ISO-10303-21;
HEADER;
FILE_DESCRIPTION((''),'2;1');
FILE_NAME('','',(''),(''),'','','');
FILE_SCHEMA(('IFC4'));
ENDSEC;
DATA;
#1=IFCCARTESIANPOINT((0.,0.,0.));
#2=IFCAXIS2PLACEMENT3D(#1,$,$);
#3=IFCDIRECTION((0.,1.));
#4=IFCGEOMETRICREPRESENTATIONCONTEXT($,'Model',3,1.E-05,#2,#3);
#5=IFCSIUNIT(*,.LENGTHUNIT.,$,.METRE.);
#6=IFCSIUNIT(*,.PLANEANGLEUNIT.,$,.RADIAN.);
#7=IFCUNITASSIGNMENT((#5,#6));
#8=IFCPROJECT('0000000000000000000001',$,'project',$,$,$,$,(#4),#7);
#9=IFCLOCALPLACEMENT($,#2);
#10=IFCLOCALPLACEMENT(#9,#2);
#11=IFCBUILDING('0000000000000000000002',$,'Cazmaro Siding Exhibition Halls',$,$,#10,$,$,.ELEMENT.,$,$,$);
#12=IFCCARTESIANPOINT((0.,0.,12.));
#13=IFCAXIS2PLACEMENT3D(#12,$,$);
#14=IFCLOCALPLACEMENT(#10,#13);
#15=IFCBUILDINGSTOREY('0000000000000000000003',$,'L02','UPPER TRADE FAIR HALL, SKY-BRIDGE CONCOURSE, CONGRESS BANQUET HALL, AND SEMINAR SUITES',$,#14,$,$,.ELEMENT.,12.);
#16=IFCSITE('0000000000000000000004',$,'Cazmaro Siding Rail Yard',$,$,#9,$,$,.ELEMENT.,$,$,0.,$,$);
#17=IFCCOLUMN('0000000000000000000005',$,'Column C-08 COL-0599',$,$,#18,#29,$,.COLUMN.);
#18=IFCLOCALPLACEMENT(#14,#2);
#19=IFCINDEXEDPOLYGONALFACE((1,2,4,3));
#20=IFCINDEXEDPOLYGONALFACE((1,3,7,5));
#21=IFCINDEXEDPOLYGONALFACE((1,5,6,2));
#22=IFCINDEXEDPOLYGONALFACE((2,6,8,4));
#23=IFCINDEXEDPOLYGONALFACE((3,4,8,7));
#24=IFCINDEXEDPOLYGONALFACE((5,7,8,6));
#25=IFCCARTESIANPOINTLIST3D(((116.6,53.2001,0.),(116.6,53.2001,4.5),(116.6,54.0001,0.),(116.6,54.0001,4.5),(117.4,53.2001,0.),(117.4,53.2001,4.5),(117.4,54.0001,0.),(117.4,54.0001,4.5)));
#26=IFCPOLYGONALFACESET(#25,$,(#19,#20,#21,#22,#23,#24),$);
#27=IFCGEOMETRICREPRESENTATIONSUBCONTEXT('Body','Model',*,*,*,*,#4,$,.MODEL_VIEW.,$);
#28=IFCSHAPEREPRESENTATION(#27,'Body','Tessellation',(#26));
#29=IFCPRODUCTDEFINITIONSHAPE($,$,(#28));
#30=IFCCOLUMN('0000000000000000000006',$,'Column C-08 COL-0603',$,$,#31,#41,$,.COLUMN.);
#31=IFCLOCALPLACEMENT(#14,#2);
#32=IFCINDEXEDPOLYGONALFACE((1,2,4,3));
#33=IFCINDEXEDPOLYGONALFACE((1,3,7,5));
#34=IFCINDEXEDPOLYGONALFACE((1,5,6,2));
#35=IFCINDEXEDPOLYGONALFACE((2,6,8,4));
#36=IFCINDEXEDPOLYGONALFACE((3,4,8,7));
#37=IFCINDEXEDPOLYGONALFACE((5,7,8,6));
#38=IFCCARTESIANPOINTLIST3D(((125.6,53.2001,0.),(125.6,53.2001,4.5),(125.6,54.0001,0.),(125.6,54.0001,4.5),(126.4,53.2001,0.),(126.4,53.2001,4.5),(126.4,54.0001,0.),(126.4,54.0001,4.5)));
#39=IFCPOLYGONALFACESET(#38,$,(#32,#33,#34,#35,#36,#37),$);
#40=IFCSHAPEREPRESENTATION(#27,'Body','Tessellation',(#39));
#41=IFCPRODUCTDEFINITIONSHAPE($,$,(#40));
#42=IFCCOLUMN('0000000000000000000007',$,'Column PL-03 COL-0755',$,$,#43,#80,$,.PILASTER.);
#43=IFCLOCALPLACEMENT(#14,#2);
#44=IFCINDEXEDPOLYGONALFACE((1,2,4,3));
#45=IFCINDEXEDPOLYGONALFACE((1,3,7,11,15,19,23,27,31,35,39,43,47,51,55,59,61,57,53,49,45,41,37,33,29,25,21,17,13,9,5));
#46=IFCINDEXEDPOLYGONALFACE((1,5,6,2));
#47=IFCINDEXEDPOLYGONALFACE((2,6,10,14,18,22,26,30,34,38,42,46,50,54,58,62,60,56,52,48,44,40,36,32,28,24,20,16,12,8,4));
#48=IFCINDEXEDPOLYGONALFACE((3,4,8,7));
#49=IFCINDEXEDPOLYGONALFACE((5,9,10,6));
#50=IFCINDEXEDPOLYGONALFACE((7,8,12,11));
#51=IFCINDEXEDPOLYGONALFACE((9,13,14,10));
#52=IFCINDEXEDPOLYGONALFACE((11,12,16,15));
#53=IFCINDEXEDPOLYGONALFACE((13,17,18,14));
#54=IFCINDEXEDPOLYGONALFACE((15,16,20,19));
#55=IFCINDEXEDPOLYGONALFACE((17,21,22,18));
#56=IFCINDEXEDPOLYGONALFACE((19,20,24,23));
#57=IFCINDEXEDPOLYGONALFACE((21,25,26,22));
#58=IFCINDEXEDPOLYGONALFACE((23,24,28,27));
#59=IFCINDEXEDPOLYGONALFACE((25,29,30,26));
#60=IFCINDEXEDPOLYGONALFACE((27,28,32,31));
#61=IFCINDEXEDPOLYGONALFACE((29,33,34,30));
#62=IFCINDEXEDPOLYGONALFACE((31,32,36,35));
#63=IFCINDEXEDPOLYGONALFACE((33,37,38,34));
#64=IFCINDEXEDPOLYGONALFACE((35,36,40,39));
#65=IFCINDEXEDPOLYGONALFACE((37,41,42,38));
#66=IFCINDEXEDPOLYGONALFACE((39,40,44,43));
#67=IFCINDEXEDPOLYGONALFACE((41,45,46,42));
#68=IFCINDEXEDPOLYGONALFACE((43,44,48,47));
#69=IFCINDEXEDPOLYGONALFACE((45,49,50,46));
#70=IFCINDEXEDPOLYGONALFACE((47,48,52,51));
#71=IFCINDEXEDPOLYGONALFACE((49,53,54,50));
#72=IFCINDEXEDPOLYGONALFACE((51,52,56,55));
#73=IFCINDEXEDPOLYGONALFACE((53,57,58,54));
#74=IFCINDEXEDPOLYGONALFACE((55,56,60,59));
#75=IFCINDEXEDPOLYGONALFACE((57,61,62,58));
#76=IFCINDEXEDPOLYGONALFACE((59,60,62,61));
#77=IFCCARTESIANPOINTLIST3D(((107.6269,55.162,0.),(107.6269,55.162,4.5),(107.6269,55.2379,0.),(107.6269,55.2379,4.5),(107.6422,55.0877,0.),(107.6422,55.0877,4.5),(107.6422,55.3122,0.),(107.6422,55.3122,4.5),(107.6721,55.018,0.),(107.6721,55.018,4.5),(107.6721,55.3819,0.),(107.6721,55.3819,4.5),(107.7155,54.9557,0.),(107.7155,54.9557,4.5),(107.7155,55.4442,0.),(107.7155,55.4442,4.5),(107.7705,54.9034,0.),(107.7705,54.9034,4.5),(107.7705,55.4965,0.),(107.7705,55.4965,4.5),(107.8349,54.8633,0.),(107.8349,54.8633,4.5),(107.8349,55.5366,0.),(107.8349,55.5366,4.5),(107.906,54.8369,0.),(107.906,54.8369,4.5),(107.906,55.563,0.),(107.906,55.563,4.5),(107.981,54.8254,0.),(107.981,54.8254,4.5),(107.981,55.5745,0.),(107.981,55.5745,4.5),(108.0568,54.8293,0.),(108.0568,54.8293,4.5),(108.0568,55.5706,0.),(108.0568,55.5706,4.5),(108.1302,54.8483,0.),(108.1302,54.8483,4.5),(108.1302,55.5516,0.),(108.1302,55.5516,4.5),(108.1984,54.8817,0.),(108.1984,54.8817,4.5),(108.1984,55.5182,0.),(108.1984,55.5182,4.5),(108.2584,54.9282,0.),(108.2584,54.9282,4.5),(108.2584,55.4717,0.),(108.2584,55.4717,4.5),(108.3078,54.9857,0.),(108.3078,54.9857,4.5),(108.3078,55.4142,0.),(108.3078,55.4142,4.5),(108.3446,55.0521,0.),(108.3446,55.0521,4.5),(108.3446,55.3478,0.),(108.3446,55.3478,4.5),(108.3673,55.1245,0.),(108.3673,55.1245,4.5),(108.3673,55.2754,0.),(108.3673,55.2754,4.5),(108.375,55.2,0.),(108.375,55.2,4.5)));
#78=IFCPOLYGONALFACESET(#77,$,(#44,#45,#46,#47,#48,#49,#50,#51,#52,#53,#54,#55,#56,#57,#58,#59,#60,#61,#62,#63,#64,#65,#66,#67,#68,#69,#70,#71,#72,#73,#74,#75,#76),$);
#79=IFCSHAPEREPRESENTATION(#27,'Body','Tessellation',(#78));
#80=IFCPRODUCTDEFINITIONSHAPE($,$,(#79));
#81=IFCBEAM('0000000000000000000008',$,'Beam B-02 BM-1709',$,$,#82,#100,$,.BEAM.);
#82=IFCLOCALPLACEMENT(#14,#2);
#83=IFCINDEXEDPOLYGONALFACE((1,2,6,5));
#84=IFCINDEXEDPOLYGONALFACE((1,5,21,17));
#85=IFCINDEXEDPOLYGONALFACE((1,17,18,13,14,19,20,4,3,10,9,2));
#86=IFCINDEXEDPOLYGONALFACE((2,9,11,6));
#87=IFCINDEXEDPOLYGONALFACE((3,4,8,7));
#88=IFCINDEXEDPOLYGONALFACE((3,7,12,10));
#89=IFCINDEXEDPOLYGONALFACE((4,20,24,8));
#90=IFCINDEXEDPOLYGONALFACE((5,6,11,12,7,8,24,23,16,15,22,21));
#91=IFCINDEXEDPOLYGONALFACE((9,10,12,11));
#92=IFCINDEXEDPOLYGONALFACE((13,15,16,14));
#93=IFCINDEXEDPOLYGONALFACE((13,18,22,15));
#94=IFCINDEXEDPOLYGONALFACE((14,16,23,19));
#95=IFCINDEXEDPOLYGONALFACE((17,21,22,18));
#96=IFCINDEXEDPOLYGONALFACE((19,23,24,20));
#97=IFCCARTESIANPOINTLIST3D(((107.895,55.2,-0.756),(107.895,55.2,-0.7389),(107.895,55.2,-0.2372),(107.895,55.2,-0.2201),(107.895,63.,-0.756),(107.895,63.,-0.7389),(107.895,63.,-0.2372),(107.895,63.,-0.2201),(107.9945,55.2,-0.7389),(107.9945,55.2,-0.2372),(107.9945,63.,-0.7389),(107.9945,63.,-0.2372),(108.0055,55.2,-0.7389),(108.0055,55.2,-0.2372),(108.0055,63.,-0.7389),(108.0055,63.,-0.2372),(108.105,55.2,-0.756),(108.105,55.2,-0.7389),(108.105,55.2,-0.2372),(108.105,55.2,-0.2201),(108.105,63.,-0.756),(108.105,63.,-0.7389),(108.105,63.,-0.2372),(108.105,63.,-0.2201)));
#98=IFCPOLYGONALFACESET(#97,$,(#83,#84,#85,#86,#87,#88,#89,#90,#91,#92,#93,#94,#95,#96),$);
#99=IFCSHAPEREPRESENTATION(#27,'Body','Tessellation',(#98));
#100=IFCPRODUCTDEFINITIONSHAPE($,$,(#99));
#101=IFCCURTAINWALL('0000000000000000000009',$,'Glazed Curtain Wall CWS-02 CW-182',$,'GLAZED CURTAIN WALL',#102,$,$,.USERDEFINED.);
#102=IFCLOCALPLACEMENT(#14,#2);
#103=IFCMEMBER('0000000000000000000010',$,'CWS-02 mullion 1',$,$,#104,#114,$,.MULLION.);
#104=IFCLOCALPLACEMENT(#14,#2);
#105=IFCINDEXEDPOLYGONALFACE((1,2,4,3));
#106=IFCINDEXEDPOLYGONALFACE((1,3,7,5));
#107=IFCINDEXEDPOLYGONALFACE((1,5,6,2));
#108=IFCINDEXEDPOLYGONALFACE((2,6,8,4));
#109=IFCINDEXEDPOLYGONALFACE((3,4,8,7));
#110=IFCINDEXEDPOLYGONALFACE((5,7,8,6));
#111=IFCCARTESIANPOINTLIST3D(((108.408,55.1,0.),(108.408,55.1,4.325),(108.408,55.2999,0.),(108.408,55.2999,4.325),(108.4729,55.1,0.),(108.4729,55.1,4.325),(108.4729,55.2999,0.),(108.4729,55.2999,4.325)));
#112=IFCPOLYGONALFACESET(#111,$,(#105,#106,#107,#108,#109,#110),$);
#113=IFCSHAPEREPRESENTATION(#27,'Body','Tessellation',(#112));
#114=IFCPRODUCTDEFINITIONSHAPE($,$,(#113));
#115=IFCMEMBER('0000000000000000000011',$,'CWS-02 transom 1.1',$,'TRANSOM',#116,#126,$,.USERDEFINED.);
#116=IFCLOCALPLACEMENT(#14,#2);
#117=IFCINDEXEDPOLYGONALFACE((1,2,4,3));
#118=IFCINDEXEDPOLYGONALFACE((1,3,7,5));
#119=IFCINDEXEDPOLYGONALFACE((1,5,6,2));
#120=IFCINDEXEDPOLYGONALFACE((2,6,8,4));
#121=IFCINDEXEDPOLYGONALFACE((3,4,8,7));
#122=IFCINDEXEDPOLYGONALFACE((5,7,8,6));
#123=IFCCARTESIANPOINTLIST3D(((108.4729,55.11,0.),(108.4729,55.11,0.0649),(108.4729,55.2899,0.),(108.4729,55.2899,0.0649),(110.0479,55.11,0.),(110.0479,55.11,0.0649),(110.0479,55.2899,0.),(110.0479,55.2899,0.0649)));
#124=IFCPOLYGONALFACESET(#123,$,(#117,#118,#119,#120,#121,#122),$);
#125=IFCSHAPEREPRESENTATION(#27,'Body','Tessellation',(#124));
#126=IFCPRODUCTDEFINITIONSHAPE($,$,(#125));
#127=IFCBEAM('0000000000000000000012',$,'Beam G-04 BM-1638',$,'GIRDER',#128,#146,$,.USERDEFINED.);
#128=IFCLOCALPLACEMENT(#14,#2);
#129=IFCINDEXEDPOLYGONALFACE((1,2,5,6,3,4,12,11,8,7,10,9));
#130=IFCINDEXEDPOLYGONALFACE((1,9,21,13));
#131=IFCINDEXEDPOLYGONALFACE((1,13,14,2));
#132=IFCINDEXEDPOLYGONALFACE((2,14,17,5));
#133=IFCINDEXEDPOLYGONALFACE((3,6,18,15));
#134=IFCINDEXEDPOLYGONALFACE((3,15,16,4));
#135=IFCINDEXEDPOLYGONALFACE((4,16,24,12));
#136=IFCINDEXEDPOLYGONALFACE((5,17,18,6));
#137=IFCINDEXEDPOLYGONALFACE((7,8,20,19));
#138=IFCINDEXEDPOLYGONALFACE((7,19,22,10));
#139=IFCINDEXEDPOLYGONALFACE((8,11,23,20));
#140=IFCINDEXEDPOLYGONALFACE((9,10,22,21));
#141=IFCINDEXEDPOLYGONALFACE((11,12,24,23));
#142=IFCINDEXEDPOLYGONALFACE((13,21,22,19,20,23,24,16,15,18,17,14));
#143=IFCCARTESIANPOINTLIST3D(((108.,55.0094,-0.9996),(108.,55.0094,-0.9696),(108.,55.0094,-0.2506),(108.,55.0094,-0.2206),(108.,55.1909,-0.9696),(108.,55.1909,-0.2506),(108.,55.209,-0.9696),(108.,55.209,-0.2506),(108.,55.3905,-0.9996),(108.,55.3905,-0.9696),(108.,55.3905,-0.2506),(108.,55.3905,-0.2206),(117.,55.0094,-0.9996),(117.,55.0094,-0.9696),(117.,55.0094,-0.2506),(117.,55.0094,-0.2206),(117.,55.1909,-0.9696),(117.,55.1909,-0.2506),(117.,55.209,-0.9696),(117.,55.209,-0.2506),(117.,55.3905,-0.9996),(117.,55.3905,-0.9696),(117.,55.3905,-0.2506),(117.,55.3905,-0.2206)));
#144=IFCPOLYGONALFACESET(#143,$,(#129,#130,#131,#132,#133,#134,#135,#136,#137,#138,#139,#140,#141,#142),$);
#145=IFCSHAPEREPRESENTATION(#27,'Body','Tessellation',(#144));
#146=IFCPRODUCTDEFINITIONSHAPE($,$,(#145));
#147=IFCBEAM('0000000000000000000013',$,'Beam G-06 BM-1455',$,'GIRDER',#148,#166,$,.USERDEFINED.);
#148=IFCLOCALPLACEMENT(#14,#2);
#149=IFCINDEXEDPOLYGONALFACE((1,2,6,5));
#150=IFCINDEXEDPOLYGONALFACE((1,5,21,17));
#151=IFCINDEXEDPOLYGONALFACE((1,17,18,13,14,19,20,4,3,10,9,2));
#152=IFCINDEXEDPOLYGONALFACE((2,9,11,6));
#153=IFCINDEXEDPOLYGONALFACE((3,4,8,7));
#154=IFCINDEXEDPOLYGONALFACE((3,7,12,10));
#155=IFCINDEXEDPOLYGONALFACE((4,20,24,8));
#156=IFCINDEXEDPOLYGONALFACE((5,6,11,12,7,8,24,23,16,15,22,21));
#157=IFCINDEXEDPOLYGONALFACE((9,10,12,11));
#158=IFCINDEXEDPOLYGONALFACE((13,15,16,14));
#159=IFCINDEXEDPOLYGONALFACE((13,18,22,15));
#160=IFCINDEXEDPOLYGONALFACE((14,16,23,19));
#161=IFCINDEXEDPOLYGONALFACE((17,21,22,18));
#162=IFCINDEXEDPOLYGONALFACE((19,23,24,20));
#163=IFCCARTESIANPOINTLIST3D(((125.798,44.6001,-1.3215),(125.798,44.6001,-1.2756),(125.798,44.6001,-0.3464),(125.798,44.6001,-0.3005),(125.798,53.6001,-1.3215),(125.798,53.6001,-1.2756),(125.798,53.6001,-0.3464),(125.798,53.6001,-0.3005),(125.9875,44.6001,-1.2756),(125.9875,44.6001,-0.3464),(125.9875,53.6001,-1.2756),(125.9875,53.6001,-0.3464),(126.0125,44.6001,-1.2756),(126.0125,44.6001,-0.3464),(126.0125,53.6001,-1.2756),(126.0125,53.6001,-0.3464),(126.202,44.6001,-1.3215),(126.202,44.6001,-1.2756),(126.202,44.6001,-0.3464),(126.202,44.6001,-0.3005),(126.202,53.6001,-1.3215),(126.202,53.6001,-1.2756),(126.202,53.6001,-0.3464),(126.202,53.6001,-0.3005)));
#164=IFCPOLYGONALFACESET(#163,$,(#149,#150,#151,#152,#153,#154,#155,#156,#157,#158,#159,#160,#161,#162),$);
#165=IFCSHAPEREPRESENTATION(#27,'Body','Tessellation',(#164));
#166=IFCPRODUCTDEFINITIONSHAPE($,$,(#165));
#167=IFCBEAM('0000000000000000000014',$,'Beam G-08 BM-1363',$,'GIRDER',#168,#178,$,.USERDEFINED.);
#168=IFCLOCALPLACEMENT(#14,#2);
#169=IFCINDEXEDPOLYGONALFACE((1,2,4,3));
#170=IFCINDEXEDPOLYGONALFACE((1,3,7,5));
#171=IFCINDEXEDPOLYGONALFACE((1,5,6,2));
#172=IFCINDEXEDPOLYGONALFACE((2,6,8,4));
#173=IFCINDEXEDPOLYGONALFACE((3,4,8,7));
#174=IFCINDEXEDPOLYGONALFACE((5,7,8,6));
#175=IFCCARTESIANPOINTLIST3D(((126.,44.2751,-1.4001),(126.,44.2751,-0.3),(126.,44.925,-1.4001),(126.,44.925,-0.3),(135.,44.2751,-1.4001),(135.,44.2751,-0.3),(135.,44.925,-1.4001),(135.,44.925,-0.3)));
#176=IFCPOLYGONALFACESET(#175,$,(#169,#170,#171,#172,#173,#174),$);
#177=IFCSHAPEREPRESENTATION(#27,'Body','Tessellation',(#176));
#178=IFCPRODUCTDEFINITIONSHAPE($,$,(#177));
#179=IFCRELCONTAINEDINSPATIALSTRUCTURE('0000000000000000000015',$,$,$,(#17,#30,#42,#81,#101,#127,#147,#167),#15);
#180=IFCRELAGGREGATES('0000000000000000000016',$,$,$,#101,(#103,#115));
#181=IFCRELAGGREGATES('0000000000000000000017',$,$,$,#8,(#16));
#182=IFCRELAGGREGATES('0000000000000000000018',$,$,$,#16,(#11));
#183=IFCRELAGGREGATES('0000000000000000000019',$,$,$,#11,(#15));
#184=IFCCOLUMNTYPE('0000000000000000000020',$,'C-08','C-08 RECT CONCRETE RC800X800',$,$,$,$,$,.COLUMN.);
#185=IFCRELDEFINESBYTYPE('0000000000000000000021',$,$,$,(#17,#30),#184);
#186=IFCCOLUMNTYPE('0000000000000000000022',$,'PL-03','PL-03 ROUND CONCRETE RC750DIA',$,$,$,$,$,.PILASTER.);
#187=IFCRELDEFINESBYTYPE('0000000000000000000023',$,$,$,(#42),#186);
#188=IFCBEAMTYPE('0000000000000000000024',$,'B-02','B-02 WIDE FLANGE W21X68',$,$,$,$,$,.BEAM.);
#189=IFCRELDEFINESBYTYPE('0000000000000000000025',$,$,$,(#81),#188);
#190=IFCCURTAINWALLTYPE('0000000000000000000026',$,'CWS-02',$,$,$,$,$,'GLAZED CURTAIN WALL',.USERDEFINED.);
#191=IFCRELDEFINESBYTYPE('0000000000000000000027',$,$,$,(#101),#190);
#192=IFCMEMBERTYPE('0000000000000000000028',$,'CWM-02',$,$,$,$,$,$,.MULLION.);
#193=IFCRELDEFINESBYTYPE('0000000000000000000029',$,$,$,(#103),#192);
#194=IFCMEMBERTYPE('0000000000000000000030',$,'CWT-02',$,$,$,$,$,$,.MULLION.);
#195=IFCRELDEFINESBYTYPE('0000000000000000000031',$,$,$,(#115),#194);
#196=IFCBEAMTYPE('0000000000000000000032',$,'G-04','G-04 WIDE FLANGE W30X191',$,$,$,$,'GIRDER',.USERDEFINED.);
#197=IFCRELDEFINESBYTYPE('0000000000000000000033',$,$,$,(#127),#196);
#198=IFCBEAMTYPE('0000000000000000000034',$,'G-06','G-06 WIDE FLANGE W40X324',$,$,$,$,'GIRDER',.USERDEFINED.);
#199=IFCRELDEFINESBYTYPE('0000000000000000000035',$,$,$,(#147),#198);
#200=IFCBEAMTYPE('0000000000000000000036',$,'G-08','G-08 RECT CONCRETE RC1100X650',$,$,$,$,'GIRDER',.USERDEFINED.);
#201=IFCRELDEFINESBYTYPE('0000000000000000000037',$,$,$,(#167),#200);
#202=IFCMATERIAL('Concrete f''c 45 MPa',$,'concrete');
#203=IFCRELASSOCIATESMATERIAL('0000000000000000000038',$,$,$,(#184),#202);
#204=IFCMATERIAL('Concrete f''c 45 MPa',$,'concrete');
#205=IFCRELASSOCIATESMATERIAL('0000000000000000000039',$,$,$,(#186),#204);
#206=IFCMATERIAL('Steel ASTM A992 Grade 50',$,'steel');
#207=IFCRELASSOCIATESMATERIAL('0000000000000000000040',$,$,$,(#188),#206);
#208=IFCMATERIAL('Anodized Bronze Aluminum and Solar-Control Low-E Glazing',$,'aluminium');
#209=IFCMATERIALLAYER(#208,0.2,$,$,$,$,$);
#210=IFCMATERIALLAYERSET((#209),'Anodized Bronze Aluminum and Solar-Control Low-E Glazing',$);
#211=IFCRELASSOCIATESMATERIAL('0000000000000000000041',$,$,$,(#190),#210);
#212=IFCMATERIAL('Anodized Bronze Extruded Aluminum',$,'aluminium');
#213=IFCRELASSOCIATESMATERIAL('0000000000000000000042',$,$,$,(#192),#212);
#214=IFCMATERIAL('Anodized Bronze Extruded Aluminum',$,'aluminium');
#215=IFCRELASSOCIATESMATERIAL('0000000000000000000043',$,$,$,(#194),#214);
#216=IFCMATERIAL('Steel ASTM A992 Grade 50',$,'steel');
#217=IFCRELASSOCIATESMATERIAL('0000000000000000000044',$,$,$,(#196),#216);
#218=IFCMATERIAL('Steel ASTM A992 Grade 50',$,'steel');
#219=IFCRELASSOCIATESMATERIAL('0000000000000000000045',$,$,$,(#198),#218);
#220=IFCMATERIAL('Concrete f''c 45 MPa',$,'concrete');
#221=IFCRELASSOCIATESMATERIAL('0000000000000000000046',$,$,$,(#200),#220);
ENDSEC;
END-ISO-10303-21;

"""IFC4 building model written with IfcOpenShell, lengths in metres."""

from ifc_helpers import new_model, si_unit, direction, frame, origin, origin_2d, place, context, subcontext, project, spatial, rectangle, circle, i_section, extrude, material, layer, layer_set, material_profile, profile_set, type_object, element, aggregate, save


model = new_model("IFC4")

# Units and contexts
model_context = context("Model", 3, precision=1e-05, world=origin(), true_north=direction((0.0, 1.0)))
body_context = subcontext(model_context, "Body", "Model", "MODEL_VIEW")
ifc_project = project(units=[si_unit("LENGTHUNIT", "METRE"), si_unit("PLANEANGLEUNIT", "RADIAN")], contexts=[model_context])

# Site, building, storey
site_placement = place(None, origin())
site = spatial("IfcSite", under=ifc_project, at=site_placement, Name="Cazmaro Siding Rail Yard", CompositionType="ELEMENT", RefElevation=0.0)
building_placement = place(site_placement, origin())
building = spatial("IfcBuilding", under=site, at=building_placement, Name="Cazmaro Siding Exhibition Halls", CompositionType="ELEMENT")
storey_placement = place(building_placement, frame((0.0, 0.0, 12.0)))
storey = spatial("IfcBuildingStorey", under=building, at=storey_placement, Name="L02", Description="UPPER TRADE FAIR HALL, SKY-BRIDGE CONCOURSE, CONGRESS BANQUET HALL, AND SEMINAR SUITES", CompositionType="ELEMENT", Elevation=12.0)

# Columns
ifc_material_1 = material(Name="Concrete f'c 45 MPa", Category="concrete")
ifc_material_profile_1 = material_profile(ifc_material_1, rectangle(XDim=0.8, YDim=0.8, at=origin_2d()), Name="RC800X800")
ifc_profile_set_1 = profile_set([ifc_material_profile_1], Name="Concrete f'c 45 MPa")
column_type_1 = type_object("IfcColumnType", Name="C-08", Description="C-08 RECT CONCRETE RC800X800", PredefinedType="COLUMN", material=ifc_profile_set_1)
for number, where, z_axis, x_axis, name in (
    (1, (117.0, 53.6001, 0.0), (0.0, 0.0, 1.0), (1.0, 0.0, 0.0), "Column C-08 COL-0599"),
    (2, (126.0, 53.6001, 0.0), (0.0, 0.0, 1.0), (1.0, 0.0, 0.0), "Column C-08 COL-0603"),
):
    element("IfcColumn", number, at=place(storey_placement, frame(where, z_axis=z_axis, x_axis=x_axis)), inside=storey, type_object=column_type_1, Name=name, PredefinedType="COLUMN", context=body_context, shape_type="SweptSolid", body=[
        extrude(rectangle(XDim=0.8, YDim=0.8, at=origin_2d()), origin(), (0.0, 0.0, 1.0), 4.5),
    ])
ifc_material_2 = material(Name="Concrete f'c 45 MPa", Category="concrete")
ifc_material_profile_2 = material_profile(ifc_material_2, circle(Radius=0.375, at=origin_2d()), Name="RC750DIA")
ifc_profile_set_2 = profile_set([ifc_material_profile_2], Name="Concrete f'c 45 MPa")
column_type_2 = type_object("IfcColumnType", Name="PL-03", Description="PL-03 ROUND CONCRETE RC750DIA", PredefinedType="PILASTER", material=ifc_profile_set_2)
column_placement = place(storey_placement, frame((108.0, 55.2, 0.0), z_axis=(0.0, 0.0, 1.0), x_axis=(1.0, 0.0, 0.0)))
element("IfcColumn", 3, at=column_placement, inside=storey, type_object=column_type_2, Name="Column PL-03 COL-0755", PredefinedType="PILASTER", context=body_context, shape_type="SweptSolid", body=[
    extrude(circle(Radius=0.375, at=origin_2d()), origin(), (0.0, 0.0, 1.0), 4.5),
])

# Beam
ifc_material_3 = material(Name="Steel ASTM A992 Grade 50", Category="steel")
ifc_material_profile_3 = material_profile(ifc_material_3, i_section(OverallWidth=0.21, OverallDepth=0.5359, WebThickness=0.011, FlangeThickness=0.0171, at=origin_2d()), Name="W21X68")
ifc_profile_set_3 = profile_set([ifc_material_profile_3], Name="Steel ASTM A992 Grade 50")
beam_type_1 = type_object("IfcBeamType", Name="B-02", Description="B-02 WIDE FLANGE W21X68", PredefinedType="BEAM", material=ifc_profile_set_3)
beam_1_placement = place(storey_placement, frame((108.0, 55.2, -0.488), z_axis=(0.0, 1.0, 0.0), x_axis=(-1.0, 0.0, 0.0)))
element("IfcBeam", 4, at=beam_1_placement, inside=storey, type_object=beam_type_1, Name="Beam B-02 BM-1709", PredefinedType="BEAM", context=body_context, shape_type="SweptSolid", body=[
    extrude(i_section(OverallWidth=0.21, OverallDepth=0.5359, WebThickness=0.011, FlangeThickness=0.0171, at=origin_2d()), origin(), (0.0, 0.0, 1.0), 7.8),
])

# Curtain wall, members
ifc_material_4 = material(Name="Anodized Bronze Aluminum and Solar-Control Low-E Glazing", Category="aluminium")
ifc_layer_1 = layer(ifc_material_4, 0.2)
ifc_layer_set_1 = layer_set([ifc_layer_1], Name="Anodized Bronze Aluminum and Solar-Control Low-E Glazing")
curtain_wall_type = type_object("IfcCurtainWallType", Name="CWS-02", ElementType="GLAZED CURTAIN WALL", PredefinedType="USERDEFINED", material=ifc_layer_set_1)
curtain_wall_placement = place(storey_placement, origin())
curtain_wall = element("IfcCurtainWall", 5, at=curtain_wall_placement, inside=storey, type_object=curtain_wall_type, Name="Glazed Curtain Wall CWS-02 CW-182", ObjectType="GLAZED CURTAIN WALL", PredefinedType="USERDEFINED")
ifc_material_5 = material(Name="Anodized Bronze Extruded Aluminum", Category="aluminium")
ifc_material_profile_4 = material_profile(ifc_material_5, rectangle(XDim=0.2, YDim=0.0649, at=origin_2d()), Name="CWM-02")
ifc_profile_set_4 = profile_set([ifc_material_profile_4], Name="Anodized Bronze Extruded Aluminum")
member_type_1 = type_object("IfcMemberType", Name="CWM-02", PredefinedType="MULLION", material=ifc_profile_set_4)
member_1_placement = place(storey_placement, frame((108.4404, 55.2, 0.0), z_axis=(0.0, 0.0, 1.0), x_axis=(0.0, 1.0, 0.0)))
member_1 = element("IfcMember", 6, at=member_1_placement, type_object=member_type_1, Name="CWS-02 mullion 1", PredefinedType="MULLION", context=body_context, shape_type="SweptSolid", body=[
    extrude(rectangle(XDim=0.2, YDim=0.0649, at=origin_2d()), origin(), (0.0, 0.0, 1.0), 4.325),
])
ifc_material_6 = material(Name="Anodized Bronze Extruded Aluminum", Category="aluminium")
ifc_material_profile_5 = material_profile(ifc_material_6, rectangle(XDim=0.1799, YDim=0.0649, at=origin_2d()), Name="CWT-02")
ifc_profile_set_5 = profile_set([ifc_material_profile_5], Name="Anodized Bronze Extruded Aluminum")
member_type_2 = type_object("IfcMemberType", Name="CWT-02", PredefinedType="MULLION", material=ifc_profile_set_5)
member_2_placement = place(storey_placement, frame((108.4729, 55.2, 0.0325), z_axis=(1.0, 0.0, 0.0), x_axis=(0.0, 1.0, 0.0)))
member_2 = element("IfcMember", 7, at=member_2_placement, type_object=member_type_2, Name="CWS-02 transom 1.1", ObjectType="TRANSOM", PredefinedType="USERDEFINED", context=body_context, shape_type="SweptSolid", body=[
    extrude(rectangle(XDim=0.1799, YDim=0.0649, at=origin_2d()), origin(), (0.0, 0.0, 1.0), 1.575),
])
aggregate(curtain_wall, [member_1, member_2])

# Beams
ifc_material_7 = material(Name="Steel ASTM A992 Grade 50", Category="steel")
ifc_material_profile_6 = material_profile(ifc_material_7, i_section(OverallWidth=0.3811, OverallDepth=0.7791, WebThickness=0.0181, FlangeThickness=0.03, at=origin_2d()), Name="W30X191")
ifc_profile_set_6 = profile_set([ifc_material_profile_6], Name="Steel ASTM A992 Grade 50")
beam_type_2 = type_object("IfcBeamType", Name="G-04", Description="G-04 WIDE FLANGE W30X191", ElementType="GIRDER", PredefinedType="USERDEFINED", material=ifc_profile_set_6)
beam_2_placement = place(storey_placement, frame((108.0, 55.2, -0.6101), z_axis=(1.0, 0.0, 0.0), x_axis=(0.0, 1.0, 0.0)))
element("IfcBeam", 8, at=beam_2_placement, inside=storey, type_object=beam_type_2, Name="Beam G-04 BM-1638", ObjectType="GIRDER", PredefinedType="USERDEFINED", context=body_context, shape_type="SweptSolid", body=[
    extrude(i_section(OverallWidth=0.3811, OverallDepth=0.7791, WebThickness=0.0181, FlangeThickness=0.03, at=origin_2d()), origin(), (0.0, 0.0, 1.0), 9.0),
])
ifc_material_8 = material(Name="Steel ASTM A992 Grade 50", Category="steel")
ifc_material_profile_7 = material_profile(ifc_material_8, i_section(OverallWidth=0.4041, OverallDepth=1.021, WebThickness=0.0249, FlangeThickness=0.0459, at=origin_2d()), Name="W40X324")
ifc_profile_set_7 = profile_set([ifc_material_profile_7], Name="Steel ASTM A992 Grade 50")
beam_type_3 = type_object("IfcBeamType", Name="G-06", Description="G-06 WIDE FLANGE W40X324", ElementType="GIRDER", PredefinedType="USERDEFINED", material=ifc_profile_set_7)
beam_3_placement = place(storey_placement, frame((126.0, 44.6001, -0.811), z_axis=(0.0, 1.0, 0.0), x_axis=(-1.0, 0.0, 0.0)))
element("IfcBeam", 9, at=beam_3_placement, inside=storey, type_object=beam_type_3, Name="Beam G-06 BM-1455", ObjectType="GIRDER", PredefinedType="USERDEFINED", context=body_context, shape_type="SweptSolid", body=[
    extrude(i_section(OverallWidth=0.4041, OverallDepth=1.021, WebThickness=0.0249, FlangeThickness=0.0459, at=origin_2d()), origin(), (0.0, 0.0, 1.0), 9.0),
])
ifc_material_9 = material(Name="Concrete f'c 45 MPa", Category="concrete")
ifc_material_profile_8 = material_profile(ifc_material_9, rectangle(XDim=0.6499, YDim=1.1001, at=origin_2d()), Name="RC1100X650")
ifc_profile_set_8 = profile_set([ifc_material_profile_8], Name="Concrete f'c 45 MPa")
beam_type_4 = type_object("IfcBeamType", Name="G-08", Description="G-08 RECT CONCRETE RC1100X650", ElementType="GIRDER", PredefinedType="USERDEFINED", material=ifc_profile_set_8)
beam_4_placement = place(storey_placement, frame((126.0, 44.6001, -0.8501), z_axis=(1.0, 0.0, 0.0), x_axis=(0.0, 1.0, 0.0)))
element("IfcBeam", 10, at=beam_4_placement, inside=storey, type_object=beam_type_4, Name="Beam G-08 BM-1363", ObjectType="GIRDER", PredefinedType="USERDEFINED", context=body_context, shape_type="SweptSolid", body=[
    extrude(rectangle(XDim=0.6499, YDim=1.1001, at=origin_2d()), origin(), (0.0, 0.0, 1.0), 9.0),
])

save(model, "model.ifc")
